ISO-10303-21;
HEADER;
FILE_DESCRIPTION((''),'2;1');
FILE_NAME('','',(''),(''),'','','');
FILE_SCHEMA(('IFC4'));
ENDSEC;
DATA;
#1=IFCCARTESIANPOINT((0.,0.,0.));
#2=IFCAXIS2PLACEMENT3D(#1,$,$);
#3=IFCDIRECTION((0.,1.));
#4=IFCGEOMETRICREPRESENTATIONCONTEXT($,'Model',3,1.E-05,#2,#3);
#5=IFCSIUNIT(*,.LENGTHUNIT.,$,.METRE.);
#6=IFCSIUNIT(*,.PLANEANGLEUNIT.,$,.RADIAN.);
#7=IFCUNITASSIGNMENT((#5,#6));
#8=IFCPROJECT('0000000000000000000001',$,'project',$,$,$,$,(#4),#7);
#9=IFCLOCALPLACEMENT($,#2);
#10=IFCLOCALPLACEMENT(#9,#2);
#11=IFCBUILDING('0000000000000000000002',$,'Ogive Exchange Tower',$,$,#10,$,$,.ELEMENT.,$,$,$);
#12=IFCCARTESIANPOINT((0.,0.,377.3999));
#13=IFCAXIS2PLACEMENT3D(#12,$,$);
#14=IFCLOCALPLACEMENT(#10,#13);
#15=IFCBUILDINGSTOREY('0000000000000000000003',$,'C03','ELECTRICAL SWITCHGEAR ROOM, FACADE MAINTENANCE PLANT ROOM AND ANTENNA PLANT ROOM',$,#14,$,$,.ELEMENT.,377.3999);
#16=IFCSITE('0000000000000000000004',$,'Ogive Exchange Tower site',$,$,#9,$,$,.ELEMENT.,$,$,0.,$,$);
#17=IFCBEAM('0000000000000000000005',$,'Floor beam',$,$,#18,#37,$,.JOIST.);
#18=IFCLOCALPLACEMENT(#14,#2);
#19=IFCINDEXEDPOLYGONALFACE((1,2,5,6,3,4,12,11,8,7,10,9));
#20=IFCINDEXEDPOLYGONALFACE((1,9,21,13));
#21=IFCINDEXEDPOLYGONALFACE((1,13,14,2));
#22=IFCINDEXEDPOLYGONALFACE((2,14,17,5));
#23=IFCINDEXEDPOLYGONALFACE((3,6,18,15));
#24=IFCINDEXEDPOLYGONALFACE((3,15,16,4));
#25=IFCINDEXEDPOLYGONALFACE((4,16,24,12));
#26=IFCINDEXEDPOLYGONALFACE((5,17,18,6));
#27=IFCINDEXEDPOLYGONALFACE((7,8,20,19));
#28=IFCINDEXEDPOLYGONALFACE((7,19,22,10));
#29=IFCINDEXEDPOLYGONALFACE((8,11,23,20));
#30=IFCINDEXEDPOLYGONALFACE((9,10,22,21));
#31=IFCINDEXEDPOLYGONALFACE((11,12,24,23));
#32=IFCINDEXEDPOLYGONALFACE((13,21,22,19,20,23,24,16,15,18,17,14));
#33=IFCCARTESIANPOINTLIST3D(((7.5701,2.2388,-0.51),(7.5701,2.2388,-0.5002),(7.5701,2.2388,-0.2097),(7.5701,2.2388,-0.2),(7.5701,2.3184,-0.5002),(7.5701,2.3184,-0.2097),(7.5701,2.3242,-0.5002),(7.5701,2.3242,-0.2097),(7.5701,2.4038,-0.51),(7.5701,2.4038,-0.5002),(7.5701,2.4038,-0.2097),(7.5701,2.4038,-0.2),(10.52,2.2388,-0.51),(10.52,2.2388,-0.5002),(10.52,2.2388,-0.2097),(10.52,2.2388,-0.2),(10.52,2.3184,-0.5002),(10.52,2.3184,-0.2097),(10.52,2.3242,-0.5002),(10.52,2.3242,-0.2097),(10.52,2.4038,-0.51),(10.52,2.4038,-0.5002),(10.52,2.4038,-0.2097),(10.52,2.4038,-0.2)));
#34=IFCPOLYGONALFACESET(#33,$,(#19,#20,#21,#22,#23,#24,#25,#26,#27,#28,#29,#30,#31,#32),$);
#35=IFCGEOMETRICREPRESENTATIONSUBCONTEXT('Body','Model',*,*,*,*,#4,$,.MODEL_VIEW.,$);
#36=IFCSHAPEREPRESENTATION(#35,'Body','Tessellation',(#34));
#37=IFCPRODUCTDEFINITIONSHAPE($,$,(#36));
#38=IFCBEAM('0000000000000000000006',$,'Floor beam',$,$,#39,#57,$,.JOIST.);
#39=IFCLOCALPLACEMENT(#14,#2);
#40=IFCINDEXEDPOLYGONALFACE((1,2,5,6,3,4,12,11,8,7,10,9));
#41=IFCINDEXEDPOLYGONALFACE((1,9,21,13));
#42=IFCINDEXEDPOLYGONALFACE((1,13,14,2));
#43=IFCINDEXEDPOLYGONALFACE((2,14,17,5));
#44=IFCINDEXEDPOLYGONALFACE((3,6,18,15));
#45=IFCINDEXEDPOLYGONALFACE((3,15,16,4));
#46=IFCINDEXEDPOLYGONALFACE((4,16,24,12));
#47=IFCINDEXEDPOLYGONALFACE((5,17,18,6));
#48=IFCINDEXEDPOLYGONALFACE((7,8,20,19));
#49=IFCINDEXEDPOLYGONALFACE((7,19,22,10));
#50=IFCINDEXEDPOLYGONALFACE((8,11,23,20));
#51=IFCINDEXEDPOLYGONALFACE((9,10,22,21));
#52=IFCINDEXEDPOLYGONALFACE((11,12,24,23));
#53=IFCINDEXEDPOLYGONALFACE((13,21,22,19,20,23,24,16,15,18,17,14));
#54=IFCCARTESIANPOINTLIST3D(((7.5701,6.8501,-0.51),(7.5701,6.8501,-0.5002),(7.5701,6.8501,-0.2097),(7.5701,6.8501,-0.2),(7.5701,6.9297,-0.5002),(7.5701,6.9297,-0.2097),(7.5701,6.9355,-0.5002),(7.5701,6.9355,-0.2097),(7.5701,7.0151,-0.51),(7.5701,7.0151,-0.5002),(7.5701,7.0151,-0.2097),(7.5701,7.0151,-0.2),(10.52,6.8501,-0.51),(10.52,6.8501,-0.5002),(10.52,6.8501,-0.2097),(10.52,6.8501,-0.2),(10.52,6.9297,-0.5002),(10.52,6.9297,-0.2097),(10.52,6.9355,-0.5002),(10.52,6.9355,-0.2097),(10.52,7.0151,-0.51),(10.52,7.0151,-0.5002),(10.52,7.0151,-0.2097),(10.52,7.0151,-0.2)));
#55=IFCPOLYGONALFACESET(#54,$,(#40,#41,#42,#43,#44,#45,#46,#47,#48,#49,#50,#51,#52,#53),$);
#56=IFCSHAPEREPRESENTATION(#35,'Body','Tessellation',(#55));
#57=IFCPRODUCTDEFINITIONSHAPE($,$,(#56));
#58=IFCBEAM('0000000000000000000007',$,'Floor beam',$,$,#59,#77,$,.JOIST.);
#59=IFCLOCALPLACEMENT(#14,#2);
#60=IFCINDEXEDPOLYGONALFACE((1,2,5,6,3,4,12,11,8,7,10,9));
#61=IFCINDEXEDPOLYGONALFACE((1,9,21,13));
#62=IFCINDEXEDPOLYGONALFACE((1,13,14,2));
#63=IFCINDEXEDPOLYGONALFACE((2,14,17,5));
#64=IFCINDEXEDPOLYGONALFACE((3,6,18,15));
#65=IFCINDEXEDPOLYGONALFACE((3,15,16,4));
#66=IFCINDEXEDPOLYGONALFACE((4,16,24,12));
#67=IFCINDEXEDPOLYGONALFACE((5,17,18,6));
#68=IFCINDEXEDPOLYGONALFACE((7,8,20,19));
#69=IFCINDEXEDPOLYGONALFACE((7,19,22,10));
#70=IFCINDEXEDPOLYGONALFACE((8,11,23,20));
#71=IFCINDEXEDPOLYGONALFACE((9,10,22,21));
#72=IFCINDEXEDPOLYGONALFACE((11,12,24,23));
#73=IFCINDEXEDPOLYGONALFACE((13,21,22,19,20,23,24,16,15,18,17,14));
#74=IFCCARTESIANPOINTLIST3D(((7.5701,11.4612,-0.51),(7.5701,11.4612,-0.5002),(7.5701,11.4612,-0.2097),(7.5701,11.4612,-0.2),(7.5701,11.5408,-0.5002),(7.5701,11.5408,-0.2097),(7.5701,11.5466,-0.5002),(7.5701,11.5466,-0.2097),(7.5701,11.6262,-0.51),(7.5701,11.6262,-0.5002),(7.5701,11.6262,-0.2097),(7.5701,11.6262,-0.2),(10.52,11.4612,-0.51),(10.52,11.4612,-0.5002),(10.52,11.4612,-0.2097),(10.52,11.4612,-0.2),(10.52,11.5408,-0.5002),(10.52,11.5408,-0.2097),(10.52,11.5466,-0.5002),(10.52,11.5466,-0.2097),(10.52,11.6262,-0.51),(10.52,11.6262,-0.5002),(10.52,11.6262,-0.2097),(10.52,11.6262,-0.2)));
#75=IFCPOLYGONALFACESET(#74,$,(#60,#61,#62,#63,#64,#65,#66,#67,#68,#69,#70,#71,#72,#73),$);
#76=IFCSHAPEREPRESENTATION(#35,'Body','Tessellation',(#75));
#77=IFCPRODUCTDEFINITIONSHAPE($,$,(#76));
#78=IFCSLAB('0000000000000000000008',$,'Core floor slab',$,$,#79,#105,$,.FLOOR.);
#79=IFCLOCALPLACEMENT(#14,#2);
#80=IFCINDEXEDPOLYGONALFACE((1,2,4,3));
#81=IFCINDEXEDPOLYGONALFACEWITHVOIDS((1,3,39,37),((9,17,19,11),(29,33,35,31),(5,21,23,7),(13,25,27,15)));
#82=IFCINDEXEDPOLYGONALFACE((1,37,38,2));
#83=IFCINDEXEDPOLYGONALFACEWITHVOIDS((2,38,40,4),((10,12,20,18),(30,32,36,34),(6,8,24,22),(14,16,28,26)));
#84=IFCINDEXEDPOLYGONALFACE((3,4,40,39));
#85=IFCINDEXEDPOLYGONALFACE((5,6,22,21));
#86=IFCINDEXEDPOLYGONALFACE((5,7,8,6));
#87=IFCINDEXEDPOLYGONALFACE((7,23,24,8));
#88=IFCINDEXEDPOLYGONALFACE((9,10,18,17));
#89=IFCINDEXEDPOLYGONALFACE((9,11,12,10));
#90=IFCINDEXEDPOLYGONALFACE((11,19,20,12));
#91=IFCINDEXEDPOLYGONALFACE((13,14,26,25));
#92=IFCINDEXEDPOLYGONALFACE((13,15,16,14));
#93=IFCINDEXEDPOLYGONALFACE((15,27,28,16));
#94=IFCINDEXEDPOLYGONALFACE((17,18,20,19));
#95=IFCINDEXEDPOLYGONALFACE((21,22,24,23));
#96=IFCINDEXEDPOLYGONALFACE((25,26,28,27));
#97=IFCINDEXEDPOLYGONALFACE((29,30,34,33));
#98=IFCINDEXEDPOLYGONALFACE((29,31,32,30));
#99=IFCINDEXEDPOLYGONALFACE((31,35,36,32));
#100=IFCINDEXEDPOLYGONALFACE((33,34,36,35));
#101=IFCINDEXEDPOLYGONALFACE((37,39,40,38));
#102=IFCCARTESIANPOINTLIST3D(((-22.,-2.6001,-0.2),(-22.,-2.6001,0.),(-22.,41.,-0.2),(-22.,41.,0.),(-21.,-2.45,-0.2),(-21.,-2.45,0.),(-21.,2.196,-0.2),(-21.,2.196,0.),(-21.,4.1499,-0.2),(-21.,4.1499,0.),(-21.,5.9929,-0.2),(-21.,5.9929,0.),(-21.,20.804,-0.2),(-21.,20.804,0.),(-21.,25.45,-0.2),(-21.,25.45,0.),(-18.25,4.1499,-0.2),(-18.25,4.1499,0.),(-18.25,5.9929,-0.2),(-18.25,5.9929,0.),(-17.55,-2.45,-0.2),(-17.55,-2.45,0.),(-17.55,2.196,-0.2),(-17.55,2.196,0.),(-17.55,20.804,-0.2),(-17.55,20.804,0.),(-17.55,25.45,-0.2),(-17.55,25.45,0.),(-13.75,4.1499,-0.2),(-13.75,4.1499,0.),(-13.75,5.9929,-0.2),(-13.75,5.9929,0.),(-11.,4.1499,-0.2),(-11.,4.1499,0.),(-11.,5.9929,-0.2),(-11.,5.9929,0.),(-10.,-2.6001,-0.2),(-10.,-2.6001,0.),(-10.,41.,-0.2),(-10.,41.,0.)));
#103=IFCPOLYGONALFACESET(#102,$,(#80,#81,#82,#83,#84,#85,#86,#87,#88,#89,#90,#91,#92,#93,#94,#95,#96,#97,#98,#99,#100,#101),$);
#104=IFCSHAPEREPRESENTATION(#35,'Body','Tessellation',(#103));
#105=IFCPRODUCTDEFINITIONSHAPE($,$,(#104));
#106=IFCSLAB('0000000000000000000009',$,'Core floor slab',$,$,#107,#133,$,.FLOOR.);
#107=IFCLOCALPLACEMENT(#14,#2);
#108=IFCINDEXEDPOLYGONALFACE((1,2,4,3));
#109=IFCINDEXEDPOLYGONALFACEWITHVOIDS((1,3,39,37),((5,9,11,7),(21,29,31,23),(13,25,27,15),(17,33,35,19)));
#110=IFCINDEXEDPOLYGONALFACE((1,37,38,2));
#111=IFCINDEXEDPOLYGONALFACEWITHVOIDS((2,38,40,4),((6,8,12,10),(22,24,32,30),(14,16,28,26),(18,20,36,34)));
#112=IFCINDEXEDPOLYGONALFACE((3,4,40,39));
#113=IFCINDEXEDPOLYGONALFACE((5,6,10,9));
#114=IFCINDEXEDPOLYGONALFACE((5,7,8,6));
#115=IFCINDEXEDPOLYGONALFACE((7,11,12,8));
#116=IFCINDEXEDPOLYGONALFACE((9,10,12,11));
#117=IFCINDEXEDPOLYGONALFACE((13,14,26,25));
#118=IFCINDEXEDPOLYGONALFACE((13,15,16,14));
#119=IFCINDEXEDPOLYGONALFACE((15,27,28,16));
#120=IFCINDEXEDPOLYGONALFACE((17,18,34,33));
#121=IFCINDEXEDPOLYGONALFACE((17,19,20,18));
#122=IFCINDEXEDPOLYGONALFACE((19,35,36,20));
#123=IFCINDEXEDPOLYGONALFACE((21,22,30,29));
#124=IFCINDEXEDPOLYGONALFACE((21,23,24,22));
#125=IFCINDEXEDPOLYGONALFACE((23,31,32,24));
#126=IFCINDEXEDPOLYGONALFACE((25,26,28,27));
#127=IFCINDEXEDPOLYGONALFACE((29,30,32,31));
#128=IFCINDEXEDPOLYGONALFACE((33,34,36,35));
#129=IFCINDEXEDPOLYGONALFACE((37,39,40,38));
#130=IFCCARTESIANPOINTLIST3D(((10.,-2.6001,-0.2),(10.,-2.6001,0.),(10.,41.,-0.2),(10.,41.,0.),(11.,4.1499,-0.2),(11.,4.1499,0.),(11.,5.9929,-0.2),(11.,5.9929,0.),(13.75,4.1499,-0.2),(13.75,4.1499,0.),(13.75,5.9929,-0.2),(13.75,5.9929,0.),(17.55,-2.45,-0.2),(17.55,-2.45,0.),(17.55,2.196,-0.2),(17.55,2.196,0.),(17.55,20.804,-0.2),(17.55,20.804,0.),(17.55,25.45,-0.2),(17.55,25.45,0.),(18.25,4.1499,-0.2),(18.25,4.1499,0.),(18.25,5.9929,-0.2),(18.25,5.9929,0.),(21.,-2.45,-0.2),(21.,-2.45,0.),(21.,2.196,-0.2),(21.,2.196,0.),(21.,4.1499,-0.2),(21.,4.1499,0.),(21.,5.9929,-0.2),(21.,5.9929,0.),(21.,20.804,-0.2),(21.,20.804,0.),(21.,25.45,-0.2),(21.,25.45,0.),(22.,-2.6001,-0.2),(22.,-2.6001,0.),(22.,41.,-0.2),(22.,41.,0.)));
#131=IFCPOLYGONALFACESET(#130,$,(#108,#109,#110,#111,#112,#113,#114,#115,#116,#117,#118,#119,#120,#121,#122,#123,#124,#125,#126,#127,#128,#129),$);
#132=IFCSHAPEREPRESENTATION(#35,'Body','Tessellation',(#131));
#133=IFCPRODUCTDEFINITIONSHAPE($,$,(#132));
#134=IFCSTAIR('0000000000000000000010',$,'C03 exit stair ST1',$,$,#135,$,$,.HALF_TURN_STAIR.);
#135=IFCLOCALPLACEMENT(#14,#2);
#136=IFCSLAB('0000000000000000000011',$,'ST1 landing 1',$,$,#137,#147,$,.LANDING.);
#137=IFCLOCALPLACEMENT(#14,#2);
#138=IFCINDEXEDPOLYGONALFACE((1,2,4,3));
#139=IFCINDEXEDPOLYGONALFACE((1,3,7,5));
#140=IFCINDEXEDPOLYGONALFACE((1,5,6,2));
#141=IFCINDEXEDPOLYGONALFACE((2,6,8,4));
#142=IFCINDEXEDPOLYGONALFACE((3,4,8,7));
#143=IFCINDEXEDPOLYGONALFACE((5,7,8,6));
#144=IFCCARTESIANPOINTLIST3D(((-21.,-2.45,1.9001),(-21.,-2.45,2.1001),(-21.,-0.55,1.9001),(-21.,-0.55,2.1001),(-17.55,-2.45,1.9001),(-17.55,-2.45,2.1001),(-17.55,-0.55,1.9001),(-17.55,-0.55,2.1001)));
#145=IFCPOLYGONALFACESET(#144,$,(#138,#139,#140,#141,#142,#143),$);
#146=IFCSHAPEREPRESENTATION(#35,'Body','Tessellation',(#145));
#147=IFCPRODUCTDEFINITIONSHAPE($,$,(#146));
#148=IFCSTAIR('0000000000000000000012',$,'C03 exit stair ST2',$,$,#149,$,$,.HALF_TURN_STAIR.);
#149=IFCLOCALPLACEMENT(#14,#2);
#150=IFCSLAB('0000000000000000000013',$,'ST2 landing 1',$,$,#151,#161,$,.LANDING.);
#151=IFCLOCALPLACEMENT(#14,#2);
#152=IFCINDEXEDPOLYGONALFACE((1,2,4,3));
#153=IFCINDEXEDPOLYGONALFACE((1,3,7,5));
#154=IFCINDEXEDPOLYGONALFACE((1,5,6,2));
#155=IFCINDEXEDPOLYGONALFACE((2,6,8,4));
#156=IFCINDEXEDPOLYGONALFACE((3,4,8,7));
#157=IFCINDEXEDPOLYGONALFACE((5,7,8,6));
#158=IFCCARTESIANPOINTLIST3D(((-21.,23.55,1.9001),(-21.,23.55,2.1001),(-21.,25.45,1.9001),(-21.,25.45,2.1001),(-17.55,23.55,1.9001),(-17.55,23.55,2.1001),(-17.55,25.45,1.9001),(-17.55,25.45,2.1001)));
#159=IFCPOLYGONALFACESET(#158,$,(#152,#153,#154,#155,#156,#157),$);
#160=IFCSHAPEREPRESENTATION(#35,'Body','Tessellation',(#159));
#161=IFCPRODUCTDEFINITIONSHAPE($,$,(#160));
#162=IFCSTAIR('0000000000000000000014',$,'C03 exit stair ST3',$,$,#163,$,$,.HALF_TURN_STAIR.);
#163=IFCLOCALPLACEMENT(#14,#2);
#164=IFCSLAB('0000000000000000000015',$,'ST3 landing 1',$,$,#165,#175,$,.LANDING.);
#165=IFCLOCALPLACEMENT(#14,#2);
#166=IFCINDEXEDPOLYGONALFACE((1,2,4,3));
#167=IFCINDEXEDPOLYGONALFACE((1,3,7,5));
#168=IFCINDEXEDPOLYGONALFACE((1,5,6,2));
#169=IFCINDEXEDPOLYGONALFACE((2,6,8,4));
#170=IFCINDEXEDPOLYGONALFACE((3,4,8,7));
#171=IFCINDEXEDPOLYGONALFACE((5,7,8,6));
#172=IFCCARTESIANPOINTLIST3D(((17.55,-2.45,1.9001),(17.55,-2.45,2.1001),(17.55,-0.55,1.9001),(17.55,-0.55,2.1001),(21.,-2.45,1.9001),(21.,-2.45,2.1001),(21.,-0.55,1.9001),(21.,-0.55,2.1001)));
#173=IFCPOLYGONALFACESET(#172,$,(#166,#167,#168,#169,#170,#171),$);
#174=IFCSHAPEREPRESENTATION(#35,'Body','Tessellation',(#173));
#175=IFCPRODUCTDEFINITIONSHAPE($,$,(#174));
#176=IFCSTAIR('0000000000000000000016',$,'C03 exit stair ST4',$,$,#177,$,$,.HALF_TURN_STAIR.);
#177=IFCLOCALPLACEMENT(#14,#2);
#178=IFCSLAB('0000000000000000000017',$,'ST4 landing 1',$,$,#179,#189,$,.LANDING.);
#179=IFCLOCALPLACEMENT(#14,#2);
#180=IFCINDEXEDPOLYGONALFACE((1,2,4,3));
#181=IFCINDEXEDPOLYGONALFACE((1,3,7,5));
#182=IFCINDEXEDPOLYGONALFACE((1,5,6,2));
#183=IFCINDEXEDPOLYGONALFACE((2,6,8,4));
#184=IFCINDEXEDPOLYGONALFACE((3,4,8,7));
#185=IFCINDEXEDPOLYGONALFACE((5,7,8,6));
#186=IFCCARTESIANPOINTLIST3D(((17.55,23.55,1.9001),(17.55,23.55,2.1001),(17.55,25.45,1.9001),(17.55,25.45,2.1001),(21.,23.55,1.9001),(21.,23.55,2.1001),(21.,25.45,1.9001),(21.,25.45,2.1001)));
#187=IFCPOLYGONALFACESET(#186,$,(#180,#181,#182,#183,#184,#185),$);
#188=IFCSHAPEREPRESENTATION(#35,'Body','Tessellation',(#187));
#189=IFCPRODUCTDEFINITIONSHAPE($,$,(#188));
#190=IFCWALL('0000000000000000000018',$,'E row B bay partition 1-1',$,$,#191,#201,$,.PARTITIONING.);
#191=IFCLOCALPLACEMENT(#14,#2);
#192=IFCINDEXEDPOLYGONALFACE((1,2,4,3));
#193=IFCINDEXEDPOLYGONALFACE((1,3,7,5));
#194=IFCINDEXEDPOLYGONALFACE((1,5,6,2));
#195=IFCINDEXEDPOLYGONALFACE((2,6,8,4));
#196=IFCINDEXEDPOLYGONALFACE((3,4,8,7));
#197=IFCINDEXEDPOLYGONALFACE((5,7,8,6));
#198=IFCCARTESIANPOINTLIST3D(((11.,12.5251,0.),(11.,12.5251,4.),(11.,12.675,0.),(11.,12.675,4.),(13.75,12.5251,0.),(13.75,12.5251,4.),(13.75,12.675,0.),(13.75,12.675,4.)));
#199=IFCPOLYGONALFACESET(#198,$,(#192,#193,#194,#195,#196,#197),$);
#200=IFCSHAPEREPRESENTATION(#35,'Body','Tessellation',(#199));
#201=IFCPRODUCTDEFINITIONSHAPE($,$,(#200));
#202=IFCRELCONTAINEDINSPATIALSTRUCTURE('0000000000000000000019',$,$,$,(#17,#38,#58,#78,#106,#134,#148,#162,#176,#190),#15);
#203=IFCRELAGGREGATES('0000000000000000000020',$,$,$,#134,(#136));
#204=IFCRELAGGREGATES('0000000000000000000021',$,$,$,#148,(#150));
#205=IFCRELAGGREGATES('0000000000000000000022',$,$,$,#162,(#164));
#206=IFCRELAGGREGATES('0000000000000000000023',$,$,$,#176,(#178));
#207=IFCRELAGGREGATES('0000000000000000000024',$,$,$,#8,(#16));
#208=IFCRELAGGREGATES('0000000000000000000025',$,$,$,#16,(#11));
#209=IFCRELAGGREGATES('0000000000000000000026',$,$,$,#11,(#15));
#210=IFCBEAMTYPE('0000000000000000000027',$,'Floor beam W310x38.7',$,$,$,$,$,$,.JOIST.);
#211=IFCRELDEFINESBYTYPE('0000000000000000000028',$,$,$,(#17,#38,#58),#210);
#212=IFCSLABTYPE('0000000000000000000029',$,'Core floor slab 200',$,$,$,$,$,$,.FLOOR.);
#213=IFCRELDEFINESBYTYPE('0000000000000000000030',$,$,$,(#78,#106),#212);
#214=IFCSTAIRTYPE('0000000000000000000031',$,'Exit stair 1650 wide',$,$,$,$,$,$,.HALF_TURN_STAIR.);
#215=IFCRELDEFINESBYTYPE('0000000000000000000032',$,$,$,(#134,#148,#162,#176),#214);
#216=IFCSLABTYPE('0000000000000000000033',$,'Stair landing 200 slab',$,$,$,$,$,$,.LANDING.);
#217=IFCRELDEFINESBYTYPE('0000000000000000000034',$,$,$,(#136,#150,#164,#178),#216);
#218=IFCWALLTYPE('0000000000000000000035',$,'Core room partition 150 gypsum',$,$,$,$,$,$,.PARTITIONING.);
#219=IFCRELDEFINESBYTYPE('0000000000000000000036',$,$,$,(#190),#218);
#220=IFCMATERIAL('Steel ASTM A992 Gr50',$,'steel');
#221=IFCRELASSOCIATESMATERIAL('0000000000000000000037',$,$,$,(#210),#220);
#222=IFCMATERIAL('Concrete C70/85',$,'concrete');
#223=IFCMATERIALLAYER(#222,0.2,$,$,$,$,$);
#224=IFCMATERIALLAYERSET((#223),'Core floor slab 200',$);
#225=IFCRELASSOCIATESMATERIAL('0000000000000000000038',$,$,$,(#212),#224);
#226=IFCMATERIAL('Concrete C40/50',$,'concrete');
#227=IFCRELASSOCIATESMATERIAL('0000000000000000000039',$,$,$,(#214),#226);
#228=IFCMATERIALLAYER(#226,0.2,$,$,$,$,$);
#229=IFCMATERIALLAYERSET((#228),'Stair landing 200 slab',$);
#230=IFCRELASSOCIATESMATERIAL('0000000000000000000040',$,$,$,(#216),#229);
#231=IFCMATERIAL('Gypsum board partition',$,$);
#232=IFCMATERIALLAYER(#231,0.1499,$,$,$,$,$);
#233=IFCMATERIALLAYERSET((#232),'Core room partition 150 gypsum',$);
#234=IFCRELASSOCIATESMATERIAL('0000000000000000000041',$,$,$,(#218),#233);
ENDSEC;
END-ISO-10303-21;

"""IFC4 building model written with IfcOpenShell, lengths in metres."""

from ifc_helpers import new_model, si_unit, direction, frame, frame_2d, origin, origin_2d, place, context, subcontext, project, spatial, polyline, rectangle, i_section, outline, extrude, material, layer, layer_set, material_profile, profile_set, type_object, element, aggregate, save


model = new_model("IFC4")

# Units and contexts
model_context = context("Model", 3, precision=1e-05, world=origin(), true_north=direction((0.0, 1.0)))
body_context = subcontext(model_context, "Body", "Model", "MODEL_VIEW")
ifc_project = project(units=[si_unit("LENGTHUNIT", "METRE"), si_unit("PLANEANGLEUNIT", "RADIAN")], contexts=[model_context])

# Site, building, storey
site_placement = place(None, origin())
site = spatial("IfcSite", under=ifc_project, at=site_placement, Name="Ogive Exchange Tower site", CompositionType="ELEMENT", RefElevation=0.0)
building_placement = place(site_placement, origin())
building = spatial("IfcBuilding", under=site, at=building_placement, Name="Ogive Exchange Tower", CompositionType="ELEMENT")
storey_placement = place(building_placement, frame((0.0, 0.0, 377.3999)))
storey = spatial("IfcBuildingStorey", under=building, at=storey_placement, Name="C03", Description="ELECTRICAL SWITCHGEAR ROOM, FACADE MAINTENANCE PLANT ROOM AND ANTENNA PLANT ROOM", CompositionType="ELEMENT", Elevation=377.3999)

# Beams
ifc_material_1 = material(Name="Steel ASTM A992 Gr50", Category="steel")
ifc_material_profile = material_profile(ifc_material_1, i_section(OverallWidth=0.165, OverallDepth=0.3101, WebThickness=0.0059, FlangeThickness=0.0098, at=origin_2d()), Name="W310x38.7")
ifc_profile_set = profile_set([ifc_material_profile], Name="Steel ASTM A992 Gr50")
beam_type = type_object("IfcBeamType", Name="Floor beam W310x38.7", PredefinedType="JOIST", material=ifc_profile_set)
for number, where, z_axis, x_axis, name in (
    (1, (7.5701, 2.3213, -0.355), (1.0, 0.0, 0.0), (0.0, 1.0, 0.0), "Floor beam"),
    (2, (7.5701, 6.9326, -0.355), (1.0, 0.0, 0.0), (0.0, 1.0, 0.0), "Floor beam"),
    (3, (7.5701, 11.5437, -0.355), (1.0, 0.0, 0.0), (0.0, 1.0, 0.0), "Floor beam"),
):
    element("IfcBeam", number, at=place(storey_placement, frame(where, z_axis=z_axis, x_axis=x_axis)), inside=storey, type_object=beam_type, Name=name, PredefinedType="JOIST", context=body_context, shape_type="SweptSolid", body=[
        extrude(i_section(OverallWidth=0.165, OverallDepth=0.3101, WebThickness=0.0059, FlangeThickness=0.0098, at=origin_2d()), origin(), (0.0, 0.0, 1.0), 2.95),
    ])

# Slabs
ifc_material_2 = material(Name="Concrete C70/85", Category="concrete")
ifc_layer_1 = layer(ifc_material_2, 0.2)
ifc_layer_set_1 = layer_set([ifc_layer_1], Name="Core floor slab 200")
slab_type_1 = type_object("IfcSlabType", Name="Core floor slab 200", PredefinedType="FLOOR", material=ifc_layer_set_1)
slab_1_placement = place(storey_placement, frame((0.0, 0.0, -0.2)))
element("IfcSlab", 4, at=slab_1_placement, inside=storey, type_object=slab_type_1, Name="Core floor slab", PredefinedType="FLOOR", context=body_context, shape_type="SweptSolid", body=[
    extrude(outline(polyline([(-22.0, 41.0), (-10.0, 41.0), (-10.0, -2.6001), (-22.0, -2.6001), (-22.0, 41.0)]), holes=[polyline([(-17.55, 2.196), (-21.0, 2.196), (-21.0, -2.45), (-17.55, -2.45), (-17.55, 2.196)]), polyline([(-21.0, 5.9929), (-21.0, 4.1499), (-18.25, 4.1499), (-18.25, 5.9929), (-21.0, 5.9929)]), polyline([(-13.75, 5.9929), (-13.75, 4.1499), (-11.0, 4.1499), (-11.0, 5.9929), (-13.75, 5.9929)]), polyline([(-21.0, 20.804), (-17.55, 20.804), (-17.55, 25.45), (-21.0, 25.45), (-21.0, 20.804)])]), origin(), (0.0, 0.0, 1.0), 0.2),
])
slab_2_placement = place(storey_placement, frame((0.0, 0.0, -0.2)))
element("IfcSlab", 5, at=slab_2_placement, inside=storey, type_object=slab_type_1, Name="Core floor slab", PredefinedType="FLOOR", context=body_context, shape_type="SweptSolid", body=[
    extrude(outline(polyline([(10.0, 41.0), (22.0, 41.0), (22.0, -2.6001), (10.0, -2.6001), (10.0, 41.0)]), holes=[polyline([(21.0, 2.196), (17.55, 2.196), (17.55, -2.45), (21.0, -2.45), (21.0, 2.196)]), polyline([(11.0, 5.9929), (11.0, 4.1499), (13.75, 4.1499), (13.75, 5.9929), (11.0, 5.9929)]), polyline([(18.25, 5.9929), (18.25, 4.1499), (21.0, 4.1499), (21.0, 5.9929), (18.25, 5.9929)]), polyline([(17.55, 20.804), (21.0, 20.804), (21.0, 25.45), (17.55, 25.45), (17.55, 20.804)])]), origin(), (0.0, 0.0, 1.0), 0.2),
])

# Stairs, slabs
ifc_material_3 = material(Name="Concrete C40/50", Category="concrete")
stair_type = type_object("IfcStairType", Name="Exit stair 1650 wide", PredefinedType="HALF_TURN_STAIR", material=ifc_material_3)
stair_1_placement = place(storey_placement, origin())
stair_1 = element("IfcStair", 6, at=stair_1_placement, inside=storey, type_object=stair_type, Name="C03 exit stair ST1", PredefinedType="HALF_TURN_STAIR")
ifc_layer_2 = layer(ifc_material_3, 0.2)
ifc_layer_set_2 = layer_set([ifc_layer_2], Name="Stair landing 200 slab")
slab_type_2 = type_object("IfcSlabType", Name="Stair landing 200 slab", PredefinedType="LANDING", material=ifc_layer_set_2)
slab_3_placement = place(storey_placement, frame((0.0, 0.0, 1.9001)))
slab_3 = element("IfcSlab", 7, at=slab_3_placement, type_object=slab_type_2, Name="ST1 landing 1", PredefinedType="LANDING", context=body_context, shape_type="SweptSolid", body=[
    extrude(outline(polyline([(-21.0, -0.55), (-21.0, -2.45), (-17.55, -2.45), (-17.55, -0.55), (-21.0, -0.55)])), origin(), (0.0, 0.0, 1.0), 0.2),
])
aggregate(stair_1, [slab_3])
stair_2_placement = place(storey_placement, origin())
stair_2 = element("IfcStair", 8, at=stair_2_placement, inside=storey, type_object=stair_type, Name="C03 exit stair ST2", PredefinedType="HALF_TURN_STAIR")
slab_4_placement = place(storey_placement, frame((0.0, 0.0, 1.9001)))
slab_4 = element("IfcSlab", 9, at=slab_4_placement, type_object=slab_type_2, Name="ST2 landing 1", PredefinedType="LANDING", context=body_context, shape_type="SweptSolid", body=[
    extrude(outline(polyline([(-17.55, 23.55), (-17.55, 25.45), (-21.0, 25.45), (-21.0, 23.55), (-17.55, 23.55)])), origin(), (0.0, 0.0, 1.0), 0.2),
])
aggregate(stair_2, [slab_4])
stair_3_placement = place(storey_placement, origin())
stair_3 = element("IfcStair", 10, at=stair_3_placement, inside=storey, type_object=stair_type, Name="C03 exit stair ST3", PredefinedType="HALF_TURN_STAIR")
slab_5_placement = place(storey_placement, frame((0.0, 0.0, 1.9001)))
slab_5 = element("IfcSlab", 11, at=slab_5_placement, type_object=slab_type_2, Name="ST3 landing 1", PredefinedType="LANDING", context=body_context, shape_type="SweptSolid", body=[
    extrude(outline(polyline([(17.55, -0.55), (17.55, -2.45), (21.0, -2.45), (21.0, -0.55), (17.55, -0.55)])), origin(), (0.0, 0.0, 1.0), 0.2),
])
aggregate(stair_3, [slab_5])
stair_4_placement = place(storey_placement, origin())
stair_4 = element("IfcStair", 12, at=stair_4_placement, inside=storey, type_object=stair_type, Name="C03 exit stair ST4", PredefinedType="HALF_TURN_STAIR")
slab_6_placement = place(storey_placement, frame((0.0, 0.0, 1.9001)))
slab_6 = element("IfcSlab", 13, at=slab_6_placement, type_object=slab_type_2, Name="ST4 landing 1", PredefinedType="LANDING", context=body_context, shape_type="SweptSolid", body=[
    extrude(outline(polyline([(21.0, 23.55), (21.0, 25.45), (17.55, 25.45), (17.55, 23.55), (21.0, 23.55)])), origin(), (0.0, 0.0, 1.0), 0.2),
])
aggregate(stair_4, [slab_6])

# Wall
ifc_material_4 = material(Name="Gypsum board partition")
ifc_layer_3 = layer(ifc_material_4, 0.1499)
ifc_layer_set_3 = layer_set([ifc_layer_3], Name="Core room partition 150 gypsum")
wall_type_1 = type_object("IfcWallType", Name="Core room partition 150 gypsum", PredefinedType="PARTITIONING", material=ifc_layer_set_3)
for number, where, z_axis, x_axis, name in (
    (14, (11.0, 12.6001, 0.0), (0.0, 0.0, 1.0), (1.0, 0.0, 0.0), "E row B bay partition 1-1"),
):
    element("IfcWall", number, at=place(storey_placement, frame(where, z_axis=z_axis, x_axis=x_axis)), inside=storey, type_object=wall_type_1, Name=name, PredefinedType="PARTITIONING", context=body_context, shape_type="SweptSolid", body=[
        extrude(rectangle(XDim=2.75, YDim=0.1499, at=frame_2d((1.375, 0.0))), origin(), (0.0, 0.0, 1.0), 4.0),
    ])

save(model, "model.ifc")
